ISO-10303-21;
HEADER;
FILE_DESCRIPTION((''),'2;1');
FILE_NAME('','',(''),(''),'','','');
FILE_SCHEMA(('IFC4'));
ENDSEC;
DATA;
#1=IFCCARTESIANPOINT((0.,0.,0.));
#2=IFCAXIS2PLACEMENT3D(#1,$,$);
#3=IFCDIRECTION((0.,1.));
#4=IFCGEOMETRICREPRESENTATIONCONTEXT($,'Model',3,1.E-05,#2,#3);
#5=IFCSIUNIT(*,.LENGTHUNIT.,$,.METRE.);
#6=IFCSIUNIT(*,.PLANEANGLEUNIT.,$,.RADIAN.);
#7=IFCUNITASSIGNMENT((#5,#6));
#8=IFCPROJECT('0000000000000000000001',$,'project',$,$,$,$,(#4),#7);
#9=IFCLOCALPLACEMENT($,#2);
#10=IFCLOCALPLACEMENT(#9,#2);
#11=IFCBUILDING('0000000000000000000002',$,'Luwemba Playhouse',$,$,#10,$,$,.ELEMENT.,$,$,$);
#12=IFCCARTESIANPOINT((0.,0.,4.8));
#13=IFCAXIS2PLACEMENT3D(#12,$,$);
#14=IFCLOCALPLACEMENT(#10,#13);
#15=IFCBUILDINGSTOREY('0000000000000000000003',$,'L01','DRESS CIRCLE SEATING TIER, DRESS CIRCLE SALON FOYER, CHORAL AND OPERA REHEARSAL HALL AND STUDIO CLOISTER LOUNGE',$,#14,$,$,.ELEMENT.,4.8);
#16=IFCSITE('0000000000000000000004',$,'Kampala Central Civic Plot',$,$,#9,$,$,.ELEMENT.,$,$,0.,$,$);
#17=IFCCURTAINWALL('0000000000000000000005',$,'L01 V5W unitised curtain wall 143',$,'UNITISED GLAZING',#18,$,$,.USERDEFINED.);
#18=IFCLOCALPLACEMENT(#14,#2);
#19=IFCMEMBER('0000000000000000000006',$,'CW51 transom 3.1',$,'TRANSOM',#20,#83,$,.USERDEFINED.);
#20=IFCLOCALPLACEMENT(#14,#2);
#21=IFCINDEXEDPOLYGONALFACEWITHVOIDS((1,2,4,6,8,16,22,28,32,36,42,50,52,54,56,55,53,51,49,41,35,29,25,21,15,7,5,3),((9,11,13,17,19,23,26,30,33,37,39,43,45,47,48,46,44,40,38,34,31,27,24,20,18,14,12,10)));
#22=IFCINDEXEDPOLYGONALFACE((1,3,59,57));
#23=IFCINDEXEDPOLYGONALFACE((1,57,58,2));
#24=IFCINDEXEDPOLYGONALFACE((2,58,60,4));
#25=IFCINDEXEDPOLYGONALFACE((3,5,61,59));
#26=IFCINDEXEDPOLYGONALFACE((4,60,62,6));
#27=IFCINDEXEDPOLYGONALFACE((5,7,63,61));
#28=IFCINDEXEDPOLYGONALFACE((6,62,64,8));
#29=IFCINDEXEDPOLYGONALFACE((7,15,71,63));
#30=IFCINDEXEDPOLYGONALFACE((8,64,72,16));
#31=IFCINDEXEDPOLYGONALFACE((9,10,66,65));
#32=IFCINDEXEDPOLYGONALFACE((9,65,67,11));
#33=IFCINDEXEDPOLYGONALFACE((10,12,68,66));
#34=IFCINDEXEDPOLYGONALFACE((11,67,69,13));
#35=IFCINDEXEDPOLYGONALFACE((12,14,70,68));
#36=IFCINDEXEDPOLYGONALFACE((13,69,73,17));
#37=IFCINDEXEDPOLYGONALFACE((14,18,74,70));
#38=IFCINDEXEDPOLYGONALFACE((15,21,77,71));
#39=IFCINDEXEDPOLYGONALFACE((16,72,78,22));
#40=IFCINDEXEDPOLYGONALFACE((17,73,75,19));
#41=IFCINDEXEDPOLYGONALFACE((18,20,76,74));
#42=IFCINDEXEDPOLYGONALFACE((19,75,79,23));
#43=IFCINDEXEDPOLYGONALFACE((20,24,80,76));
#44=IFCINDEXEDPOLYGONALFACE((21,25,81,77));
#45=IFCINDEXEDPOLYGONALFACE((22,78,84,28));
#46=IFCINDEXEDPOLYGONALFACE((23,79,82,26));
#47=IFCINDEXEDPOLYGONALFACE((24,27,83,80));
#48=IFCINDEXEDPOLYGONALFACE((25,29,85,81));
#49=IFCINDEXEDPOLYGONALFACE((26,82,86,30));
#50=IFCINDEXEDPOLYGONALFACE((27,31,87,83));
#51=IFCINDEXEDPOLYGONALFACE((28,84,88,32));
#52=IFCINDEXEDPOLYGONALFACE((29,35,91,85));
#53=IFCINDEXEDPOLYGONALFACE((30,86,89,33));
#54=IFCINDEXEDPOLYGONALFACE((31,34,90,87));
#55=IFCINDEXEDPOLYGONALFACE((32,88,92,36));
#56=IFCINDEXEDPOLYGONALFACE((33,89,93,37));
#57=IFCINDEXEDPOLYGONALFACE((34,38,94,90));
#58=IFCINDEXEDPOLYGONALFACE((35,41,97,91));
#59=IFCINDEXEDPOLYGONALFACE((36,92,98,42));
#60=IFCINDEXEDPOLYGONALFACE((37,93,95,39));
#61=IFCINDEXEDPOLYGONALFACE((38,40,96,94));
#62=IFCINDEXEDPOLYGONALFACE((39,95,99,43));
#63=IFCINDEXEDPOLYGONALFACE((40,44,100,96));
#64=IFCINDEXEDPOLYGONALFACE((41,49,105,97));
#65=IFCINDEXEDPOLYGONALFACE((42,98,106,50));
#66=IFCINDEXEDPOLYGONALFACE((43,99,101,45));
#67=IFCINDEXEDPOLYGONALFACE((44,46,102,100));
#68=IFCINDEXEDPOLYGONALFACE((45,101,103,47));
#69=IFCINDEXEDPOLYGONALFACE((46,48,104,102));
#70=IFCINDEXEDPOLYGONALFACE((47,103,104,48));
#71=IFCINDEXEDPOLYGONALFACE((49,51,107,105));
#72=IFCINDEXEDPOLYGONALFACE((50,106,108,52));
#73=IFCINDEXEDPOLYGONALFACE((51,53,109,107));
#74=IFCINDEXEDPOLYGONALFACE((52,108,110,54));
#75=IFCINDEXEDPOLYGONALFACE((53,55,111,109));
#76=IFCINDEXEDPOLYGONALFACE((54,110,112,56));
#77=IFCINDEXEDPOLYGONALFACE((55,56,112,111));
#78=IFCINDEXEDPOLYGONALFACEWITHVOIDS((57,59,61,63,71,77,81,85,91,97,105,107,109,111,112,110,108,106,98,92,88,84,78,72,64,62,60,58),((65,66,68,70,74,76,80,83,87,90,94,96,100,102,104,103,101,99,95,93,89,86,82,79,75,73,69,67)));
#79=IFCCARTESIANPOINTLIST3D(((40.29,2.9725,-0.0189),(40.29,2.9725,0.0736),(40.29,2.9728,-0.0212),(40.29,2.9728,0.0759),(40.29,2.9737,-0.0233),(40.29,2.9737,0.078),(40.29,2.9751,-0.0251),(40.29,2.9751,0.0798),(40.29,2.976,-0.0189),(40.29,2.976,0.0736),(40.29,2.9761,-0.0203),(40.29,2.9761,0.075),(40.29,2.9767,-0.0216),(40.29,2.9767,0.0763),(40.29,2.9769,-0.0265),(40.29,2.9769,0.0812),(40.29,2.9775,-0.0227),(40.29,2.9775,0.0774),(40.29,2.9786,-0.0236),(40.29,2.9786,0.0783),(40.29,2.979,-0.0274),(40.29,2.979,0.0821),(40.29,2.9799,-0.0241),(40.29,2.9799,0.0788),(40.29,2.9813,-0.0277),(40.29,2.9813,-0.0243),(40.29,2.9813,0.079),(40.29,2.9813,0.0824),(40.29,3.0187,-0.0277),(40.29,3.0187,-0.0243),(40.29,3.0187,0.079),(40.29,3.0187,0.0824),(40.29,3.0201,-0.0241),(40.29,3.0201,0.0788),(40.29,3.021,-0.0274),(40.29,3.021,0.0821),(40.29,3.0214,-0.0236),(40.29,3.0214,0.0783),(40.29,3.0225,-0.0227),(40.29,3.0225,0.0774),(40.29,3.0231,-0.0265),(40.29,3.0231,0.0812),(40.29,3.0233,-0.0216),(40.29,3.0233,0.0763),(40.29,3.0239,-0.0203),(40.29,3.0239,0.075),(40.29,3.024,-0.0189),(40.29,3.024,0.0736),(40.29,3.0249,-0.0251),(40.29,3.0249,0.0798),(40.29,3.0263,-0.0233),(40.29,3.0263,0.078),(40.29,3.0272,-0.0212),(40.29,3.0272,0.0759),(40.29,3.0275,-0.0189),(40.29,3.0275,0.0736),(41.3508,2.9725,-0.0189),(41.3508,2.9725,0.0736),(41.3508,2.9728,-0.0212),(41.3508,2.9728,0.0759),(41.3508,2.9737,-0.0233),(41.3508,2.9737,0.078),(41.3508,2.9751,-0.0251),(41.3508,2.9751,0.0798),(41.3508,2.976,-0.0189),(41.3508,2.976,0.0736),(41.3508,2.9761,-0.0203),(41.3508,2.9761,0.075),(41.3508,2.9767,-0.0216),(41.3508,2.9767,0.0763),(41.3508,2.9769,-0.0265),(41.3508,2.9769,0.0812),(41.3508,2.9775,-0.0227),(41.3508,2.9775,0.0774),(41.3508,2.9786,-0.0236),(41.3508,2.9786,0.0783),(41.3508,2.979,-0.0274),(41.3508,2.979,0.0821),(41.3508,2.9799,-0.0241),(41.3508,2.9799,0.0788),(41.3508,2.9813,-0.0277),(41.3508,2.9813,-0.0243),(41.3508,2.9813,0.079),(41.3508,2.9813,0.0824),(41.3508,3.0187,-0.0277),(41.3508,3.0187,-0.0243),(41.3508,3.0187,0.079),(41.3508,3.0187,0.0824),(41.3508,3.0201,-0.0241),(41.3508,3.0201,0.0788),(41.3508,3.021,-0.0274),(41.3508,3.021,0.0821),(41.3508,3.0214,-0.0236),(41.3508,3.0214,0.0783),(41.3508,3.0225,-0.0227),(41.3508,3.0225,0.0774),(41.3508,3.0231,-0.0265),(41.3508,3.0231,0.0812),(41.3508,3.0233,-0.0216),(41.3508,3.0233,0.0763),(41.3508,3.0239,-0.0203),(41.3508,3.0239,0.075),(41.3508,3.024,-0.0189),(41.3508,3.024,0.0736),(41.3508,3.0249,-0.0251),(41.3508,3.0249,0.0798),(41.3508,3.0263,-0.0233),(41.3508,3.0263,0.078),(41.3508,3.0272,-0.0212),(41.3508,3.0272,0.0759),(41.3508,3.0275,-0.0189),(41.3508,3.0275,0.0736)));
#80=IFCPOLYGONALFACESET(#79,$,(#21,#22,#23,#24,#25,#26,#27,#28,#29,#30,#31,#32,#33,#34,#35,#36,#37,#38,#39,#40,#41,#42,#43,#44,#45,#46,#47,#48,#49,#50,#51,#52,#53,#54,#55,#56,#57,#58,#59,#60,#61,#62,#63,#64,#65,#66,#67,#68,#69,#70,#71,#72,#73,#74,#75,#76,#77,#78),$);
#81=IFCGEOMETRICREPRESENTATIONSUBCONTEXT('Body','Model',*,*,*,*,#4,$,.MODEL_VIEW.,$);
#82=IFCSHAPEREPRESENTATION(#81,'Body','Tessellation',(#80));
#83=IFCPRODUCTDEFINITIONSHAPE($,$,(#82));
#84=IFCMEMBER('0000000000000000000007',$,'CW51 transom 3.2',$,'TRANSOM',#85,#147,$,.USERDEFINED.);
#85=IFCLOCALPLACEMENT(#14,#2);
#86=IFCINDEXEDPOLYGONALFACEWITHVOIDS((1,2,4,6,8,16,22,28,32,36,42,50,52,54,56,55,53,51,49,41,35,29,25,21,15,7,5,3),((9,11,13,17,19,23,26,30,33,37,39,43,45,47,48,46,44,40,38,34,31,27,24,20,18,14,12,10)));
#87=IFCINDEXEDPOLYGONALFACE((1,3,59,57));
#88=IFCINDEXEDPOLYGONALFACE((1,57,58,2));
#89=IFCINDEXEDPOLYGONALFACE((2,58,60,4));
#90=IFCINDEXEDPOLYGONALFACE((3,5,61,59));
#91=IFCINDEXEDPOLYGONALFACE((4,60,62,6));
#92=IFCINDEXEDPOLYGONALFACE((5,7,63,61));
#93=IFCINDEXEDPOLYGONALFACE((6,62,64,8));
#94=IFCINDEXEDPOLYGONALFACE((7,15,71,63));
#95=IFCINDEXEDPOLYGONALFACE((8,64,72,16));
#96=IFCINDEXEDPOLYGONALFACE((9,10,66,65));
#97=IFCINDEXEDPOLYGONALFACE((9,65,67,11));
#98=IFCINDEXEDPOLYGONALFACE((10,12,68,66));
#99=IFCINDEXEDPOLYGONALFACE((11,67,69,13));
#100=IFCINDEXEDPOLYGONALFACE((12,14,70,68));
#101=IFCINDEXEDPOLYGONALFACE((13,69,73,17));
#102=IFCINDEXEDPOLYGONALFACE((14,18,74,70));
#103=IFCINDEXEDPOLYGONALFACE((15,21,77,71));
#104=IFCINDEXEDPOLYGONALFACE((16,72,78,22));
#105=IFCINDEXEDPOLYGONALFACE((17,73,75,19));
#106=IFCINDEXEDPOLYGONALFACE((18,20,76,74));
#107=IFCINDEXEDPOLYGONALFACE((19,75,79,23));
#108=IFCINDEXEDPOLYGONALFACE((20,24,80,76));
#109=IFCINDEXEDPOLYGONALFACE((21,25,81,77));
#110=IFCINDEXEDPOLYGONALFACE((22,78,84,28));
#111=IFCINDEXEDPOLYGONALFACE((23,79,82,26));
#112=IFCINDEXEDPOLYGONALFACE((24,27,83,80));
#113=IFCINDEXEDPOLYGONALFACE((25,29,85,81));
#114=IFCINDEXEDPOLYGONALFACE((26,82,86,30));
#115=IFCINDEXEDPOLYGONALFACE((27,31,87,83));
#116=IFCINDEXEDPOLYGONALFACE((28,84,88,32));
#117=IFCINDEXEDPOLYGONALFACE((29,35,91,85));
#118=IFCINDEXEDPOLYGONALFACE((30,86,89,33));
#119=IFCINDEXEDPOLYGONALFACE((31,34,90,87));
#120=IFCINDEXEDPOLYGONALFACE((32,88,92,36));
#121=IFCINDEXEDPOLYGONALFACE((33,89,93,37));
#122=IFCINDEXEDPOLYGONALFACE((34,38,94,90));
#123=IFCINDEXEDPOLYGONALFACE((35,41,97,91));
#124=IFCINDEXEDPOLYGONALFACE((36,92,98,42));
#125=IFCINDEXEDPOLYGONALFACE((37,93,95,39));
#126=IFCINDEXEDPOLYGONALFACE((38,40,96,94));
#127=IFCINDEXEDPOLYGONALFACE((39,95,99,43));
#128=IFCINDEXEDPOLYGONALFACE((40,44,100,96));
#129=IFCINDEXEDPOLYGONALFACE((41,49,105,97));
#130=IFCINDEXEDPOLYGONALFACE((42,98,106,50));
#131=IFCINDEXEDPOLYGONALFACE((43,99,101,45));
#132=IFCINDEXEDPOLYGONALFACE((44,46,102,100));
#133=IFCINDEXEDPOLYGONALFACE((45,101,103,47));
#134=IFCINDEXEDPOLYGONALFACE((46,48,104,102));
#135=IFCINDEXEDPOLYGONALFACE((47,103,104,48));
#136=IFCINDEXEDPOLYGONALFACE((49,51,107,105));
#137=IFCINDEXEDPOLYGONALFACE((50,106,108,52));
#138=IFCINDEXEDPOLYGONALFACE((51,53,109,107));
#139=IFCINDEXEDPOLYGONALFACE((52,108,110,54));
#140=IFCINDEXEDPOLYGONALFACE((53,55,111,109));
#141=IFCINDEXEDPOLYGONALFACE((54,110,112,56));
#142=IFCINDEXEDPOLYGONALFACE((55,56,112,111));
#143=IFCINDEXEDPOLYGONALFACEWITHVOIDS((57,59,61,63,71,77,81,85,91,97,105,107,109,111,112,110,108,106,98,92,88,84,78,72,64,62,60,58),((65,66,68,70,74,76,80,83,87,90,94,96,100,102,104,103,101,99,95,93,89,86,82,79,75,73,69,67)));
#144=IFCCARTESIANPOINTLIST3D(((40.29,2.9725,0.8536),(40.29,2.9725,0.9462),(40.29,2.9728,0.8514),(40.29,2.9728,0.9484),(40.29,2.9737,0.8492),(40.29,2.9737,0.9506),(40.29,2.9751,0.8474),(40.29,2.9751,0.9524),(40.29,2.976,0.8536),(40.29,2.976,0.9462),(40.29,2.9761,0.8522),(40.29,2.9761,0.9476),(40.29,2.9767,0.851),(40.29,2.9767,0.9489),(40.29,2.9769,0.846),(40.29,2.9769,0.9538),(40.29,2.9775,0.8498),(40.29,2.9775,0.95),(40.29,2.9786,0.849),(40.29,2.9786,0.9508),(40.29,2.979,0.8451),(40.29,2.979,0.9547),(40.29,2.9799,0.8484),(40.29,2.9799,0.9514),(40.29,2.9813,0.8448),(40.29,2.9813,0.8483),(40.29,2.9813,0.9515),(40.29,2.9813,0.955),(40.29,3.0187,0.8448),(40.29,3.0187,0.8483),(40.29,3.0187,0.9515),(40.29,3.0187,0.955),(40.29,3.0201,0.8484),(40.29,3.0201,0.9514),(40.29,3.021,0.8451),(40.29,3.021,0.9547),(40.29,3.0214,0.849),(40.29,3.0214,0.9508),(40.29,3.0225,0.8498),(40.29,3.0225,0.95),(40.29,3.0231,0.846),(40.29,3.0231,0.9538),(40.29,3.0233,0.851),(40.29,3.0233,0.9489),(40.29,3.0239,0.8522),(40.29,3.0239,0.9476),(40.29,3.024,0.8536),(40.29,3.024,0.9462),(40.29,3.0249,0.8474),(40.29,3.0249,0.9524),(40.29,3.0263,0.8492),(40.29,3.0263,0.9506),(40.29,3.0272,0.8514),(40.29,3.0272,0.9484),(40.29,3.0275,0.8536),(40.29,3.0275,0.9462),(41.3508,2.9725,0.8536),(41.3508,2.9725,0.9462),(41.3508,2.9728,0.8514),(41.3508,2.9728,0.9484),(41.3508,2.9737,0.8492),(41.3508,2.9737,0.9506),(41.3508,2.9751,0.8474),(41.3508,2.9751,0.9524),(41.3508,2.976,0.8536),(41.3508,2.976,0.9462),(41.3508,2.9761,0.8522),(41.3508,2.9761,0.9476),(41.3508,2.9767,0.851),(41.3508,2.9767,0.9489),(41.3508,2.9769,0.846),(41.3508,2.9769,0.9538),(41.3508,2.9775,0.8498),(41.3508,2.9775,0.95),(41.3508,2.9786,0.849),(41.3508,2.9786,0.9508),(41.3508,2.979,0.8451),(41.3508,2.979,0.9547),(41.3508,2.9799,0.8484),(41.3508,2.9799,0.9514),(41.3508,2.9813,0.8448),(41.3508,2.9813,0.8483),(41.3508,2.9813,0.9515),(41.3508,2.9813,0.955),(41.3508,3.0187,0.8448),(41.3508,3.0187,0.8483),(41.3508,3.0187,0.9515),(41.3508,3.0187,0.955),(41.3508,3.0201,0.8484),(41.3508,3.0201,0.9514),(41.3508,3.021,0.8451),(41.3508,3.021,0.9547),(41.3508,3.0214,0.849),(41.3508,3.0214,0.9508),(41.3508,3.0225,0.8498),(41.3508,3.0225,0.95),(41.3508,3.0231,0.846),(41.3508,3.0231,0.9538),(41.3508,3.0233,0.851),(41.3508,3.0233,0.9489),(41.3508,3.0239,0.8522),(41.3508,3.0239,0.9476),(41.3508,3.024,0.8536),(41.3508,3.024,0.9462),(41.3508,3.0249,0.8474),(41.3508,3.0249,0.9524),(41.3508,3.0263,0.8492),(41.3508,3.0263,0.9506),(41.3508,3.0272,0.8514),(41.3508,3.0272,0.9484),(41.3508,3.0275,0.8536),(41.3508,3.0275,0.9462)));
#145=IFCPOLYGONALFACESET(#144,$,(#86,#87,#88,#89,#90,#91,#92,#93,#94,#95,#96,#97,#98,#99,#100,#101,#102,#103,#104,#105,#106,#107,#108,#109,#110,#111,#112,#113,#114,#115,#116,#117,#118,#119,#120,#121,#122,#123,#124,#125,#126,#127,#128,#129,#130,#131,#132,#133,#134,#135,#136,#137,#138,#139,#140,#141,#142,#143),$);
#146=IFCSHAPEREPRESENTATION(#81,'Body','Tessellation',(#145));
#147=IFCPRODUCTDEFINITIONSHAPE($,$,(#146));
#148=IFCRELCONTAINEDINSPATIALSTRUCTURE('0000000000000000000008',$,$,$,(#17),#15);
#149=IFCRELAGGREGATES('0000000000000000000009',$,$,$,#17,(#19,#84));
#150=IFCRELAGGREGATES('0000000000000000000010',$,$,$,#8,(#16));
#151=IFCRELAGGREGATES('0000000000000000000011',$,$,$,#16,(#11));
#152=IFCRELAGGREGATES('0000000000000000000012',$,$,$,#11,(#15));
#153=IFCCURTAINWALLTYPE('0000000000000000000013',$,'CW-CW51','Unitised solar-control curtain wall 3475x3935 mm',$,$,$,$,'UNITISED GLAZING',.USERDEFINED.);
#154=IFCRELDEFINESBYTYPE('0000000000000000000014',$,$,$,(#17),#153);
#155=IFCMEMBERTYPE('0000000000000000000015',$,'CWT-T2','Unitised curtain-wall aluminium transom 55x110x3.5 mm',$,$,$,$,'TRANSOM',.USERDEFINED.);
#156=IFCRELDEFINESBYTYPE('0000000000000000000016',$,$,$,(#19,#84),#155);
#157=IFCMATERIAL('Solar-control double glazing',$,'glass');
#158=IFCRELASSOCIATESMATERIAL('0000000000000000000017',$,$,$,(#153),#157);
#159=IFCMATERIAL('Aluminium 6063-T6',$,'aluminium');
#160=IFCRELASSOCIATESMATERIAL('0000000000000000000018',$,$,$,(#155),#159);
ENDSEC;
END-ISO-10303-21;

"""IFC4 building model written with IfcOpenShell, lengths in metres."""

from ifc_helpers import new_model, si_unit, direction, frame, origin, origin_2d, place, context, subcontext, project, spatial, hollow_rectangle, extrude, material, material_profile, profile_set, type_object, element, aggregate, save


model = new_model("IFC4")

# Units and contexts
model_context = context("Model", 3, precision=1e-05, world=origin(), true_north=direction((0.0, 1.0)))
body_context = subcontext(model_context, "Body", "Model", "MODEL_VIEW")
ifc_project = project(units=[si_unit("LENGTHUNIT", "METRE"), si_unit("PLANEANGLEUNIT", "RADIAN")], contexts=[model_context])

# Site, building, storey
site_placement = place(None, origin())
site = spatial("IfcSite", under=ifc_project, at=site_placement, Name="Kampala Central Civic Plot", CompositionType="ELEMENT", RefElevation=0.0)
building_placement = place(site_placement, origin())
building = spatial("IfcBuilding", under=site, at=building_placement, Name="Luwemba Playhouse", CompositionType="ELEMENT")
storey_placement = place(building_placement, frame((0.0, 0.0, 4.8)))
storey = spatial("IfcBuildingStorey", under=building, at=storey_placement, Name="L01", Description="DRESS CIRCLE SEATING TIER, DRESS CIRCLE SALON FOYER, CHORAL AND OPERA REHEARSAL HALL AND STUDIO CLOISTER LOUNGE", CompositionType="ELEMENT", Elevation=4.8)

# Curtain wall
ifc_material_1 = material(Name="Solar-control double glazing", Category="glass")
curtain_wall_type_1 = type_object("IfcCurtainWallType", Name="CW-CW51", Description="Unitised solar-control curtain wall 3475x3935 mm", ElementType="UNITISED GLAZING", PredefinedType="USERDEFINED", material=ifc_material_1)
curtain_wall_1_placement = place(storey_placement, origin())
curtain_wall_1 = element("IfcCurtainWall", 1, at=curtain_wall_1_placement, inside=storey, type_object=curtain_wall_type_1, Name="L01 V5W unitised curtain wall 143", ObjectType="UNITISED GLAZING", PredefinedType="USERDEFINED")
ifc_material_2 = material(Name="Aluminium 6063-T6", Category="aluminium")

# Members
ifc_material_profile_1 = material_profile(ifc_material_2, hollow_rectangle(XDim=0.0549, YDim=0.1101, WallThickness=0.0034, InnerFilletRadius=0.0054, OuterFilletRadius=0.0088, at=origin_2d()))
ifc_profile_set_1 = profile_set([ifc_material_profile_1], Name="Aluminium 6063-T6")
member_type_1 = type_object("IfcMemberType", Name="CWT-T2", Description="Unitised curtain-wall aluminium transom 55x110x3.5 mm", ElementType="TRANSOM", PredefinedType="USERDEFINED", material=ifc_profile_set_1)
member_1_placement = place(storey_placement, frame((41.3508, 3.0, 0.0273), z_axis=(-1.0, 0.0, 0.0), x_axis=(0.0, -1.0, 0.0)))
member_1 = element("IfcMember", 2, at=member_1_placement, type_object=member_type_1, Name="CW51 transom 3.1", ObjectType="TRANSOM", PredefinedType="USERDEFINED", context=body_context, shape_type="SweptSolid", body=[
    extrude(hollow_rectangle(XDim=0.0549, YDim=0.1101, WallThickness=0.0034, InnerFilletRadius=0.0054, OuterFilletRadius=0.0088, at=origin_2d()), origin(), (0.0, 0.0, 1.0), 1.0608),
])
member_2_placement = place(storey_placement, frame((41.3508, 3.0, 0.8999), z_axis=(-1.0, 0.0, 0.0), x_axis=(0.0, -1.0, 0.0)))
member_2 = element("IfcMember", 3, at=member_2_placement, type_object=member_type_1, Name="CW51 transom 3.2", ObjectType="TRANSOM", PredefinedType="USERDEFINED", context=body_context, shape_type="SweptSolid", body=[
    extrude(hollow_rectangle(XDim=0.0549, YDim=0.1101, WallThickness=0.0034, InnerFilletRadius=0.0054, OuterFilletRadius=0.0088, at=origin_2d()), origin(), (0.0, 0.0, 1.0), 1.0608),
])

aggregate(curtain_wall_1, [member_1, member_2])

save(model, "model.ifc")
